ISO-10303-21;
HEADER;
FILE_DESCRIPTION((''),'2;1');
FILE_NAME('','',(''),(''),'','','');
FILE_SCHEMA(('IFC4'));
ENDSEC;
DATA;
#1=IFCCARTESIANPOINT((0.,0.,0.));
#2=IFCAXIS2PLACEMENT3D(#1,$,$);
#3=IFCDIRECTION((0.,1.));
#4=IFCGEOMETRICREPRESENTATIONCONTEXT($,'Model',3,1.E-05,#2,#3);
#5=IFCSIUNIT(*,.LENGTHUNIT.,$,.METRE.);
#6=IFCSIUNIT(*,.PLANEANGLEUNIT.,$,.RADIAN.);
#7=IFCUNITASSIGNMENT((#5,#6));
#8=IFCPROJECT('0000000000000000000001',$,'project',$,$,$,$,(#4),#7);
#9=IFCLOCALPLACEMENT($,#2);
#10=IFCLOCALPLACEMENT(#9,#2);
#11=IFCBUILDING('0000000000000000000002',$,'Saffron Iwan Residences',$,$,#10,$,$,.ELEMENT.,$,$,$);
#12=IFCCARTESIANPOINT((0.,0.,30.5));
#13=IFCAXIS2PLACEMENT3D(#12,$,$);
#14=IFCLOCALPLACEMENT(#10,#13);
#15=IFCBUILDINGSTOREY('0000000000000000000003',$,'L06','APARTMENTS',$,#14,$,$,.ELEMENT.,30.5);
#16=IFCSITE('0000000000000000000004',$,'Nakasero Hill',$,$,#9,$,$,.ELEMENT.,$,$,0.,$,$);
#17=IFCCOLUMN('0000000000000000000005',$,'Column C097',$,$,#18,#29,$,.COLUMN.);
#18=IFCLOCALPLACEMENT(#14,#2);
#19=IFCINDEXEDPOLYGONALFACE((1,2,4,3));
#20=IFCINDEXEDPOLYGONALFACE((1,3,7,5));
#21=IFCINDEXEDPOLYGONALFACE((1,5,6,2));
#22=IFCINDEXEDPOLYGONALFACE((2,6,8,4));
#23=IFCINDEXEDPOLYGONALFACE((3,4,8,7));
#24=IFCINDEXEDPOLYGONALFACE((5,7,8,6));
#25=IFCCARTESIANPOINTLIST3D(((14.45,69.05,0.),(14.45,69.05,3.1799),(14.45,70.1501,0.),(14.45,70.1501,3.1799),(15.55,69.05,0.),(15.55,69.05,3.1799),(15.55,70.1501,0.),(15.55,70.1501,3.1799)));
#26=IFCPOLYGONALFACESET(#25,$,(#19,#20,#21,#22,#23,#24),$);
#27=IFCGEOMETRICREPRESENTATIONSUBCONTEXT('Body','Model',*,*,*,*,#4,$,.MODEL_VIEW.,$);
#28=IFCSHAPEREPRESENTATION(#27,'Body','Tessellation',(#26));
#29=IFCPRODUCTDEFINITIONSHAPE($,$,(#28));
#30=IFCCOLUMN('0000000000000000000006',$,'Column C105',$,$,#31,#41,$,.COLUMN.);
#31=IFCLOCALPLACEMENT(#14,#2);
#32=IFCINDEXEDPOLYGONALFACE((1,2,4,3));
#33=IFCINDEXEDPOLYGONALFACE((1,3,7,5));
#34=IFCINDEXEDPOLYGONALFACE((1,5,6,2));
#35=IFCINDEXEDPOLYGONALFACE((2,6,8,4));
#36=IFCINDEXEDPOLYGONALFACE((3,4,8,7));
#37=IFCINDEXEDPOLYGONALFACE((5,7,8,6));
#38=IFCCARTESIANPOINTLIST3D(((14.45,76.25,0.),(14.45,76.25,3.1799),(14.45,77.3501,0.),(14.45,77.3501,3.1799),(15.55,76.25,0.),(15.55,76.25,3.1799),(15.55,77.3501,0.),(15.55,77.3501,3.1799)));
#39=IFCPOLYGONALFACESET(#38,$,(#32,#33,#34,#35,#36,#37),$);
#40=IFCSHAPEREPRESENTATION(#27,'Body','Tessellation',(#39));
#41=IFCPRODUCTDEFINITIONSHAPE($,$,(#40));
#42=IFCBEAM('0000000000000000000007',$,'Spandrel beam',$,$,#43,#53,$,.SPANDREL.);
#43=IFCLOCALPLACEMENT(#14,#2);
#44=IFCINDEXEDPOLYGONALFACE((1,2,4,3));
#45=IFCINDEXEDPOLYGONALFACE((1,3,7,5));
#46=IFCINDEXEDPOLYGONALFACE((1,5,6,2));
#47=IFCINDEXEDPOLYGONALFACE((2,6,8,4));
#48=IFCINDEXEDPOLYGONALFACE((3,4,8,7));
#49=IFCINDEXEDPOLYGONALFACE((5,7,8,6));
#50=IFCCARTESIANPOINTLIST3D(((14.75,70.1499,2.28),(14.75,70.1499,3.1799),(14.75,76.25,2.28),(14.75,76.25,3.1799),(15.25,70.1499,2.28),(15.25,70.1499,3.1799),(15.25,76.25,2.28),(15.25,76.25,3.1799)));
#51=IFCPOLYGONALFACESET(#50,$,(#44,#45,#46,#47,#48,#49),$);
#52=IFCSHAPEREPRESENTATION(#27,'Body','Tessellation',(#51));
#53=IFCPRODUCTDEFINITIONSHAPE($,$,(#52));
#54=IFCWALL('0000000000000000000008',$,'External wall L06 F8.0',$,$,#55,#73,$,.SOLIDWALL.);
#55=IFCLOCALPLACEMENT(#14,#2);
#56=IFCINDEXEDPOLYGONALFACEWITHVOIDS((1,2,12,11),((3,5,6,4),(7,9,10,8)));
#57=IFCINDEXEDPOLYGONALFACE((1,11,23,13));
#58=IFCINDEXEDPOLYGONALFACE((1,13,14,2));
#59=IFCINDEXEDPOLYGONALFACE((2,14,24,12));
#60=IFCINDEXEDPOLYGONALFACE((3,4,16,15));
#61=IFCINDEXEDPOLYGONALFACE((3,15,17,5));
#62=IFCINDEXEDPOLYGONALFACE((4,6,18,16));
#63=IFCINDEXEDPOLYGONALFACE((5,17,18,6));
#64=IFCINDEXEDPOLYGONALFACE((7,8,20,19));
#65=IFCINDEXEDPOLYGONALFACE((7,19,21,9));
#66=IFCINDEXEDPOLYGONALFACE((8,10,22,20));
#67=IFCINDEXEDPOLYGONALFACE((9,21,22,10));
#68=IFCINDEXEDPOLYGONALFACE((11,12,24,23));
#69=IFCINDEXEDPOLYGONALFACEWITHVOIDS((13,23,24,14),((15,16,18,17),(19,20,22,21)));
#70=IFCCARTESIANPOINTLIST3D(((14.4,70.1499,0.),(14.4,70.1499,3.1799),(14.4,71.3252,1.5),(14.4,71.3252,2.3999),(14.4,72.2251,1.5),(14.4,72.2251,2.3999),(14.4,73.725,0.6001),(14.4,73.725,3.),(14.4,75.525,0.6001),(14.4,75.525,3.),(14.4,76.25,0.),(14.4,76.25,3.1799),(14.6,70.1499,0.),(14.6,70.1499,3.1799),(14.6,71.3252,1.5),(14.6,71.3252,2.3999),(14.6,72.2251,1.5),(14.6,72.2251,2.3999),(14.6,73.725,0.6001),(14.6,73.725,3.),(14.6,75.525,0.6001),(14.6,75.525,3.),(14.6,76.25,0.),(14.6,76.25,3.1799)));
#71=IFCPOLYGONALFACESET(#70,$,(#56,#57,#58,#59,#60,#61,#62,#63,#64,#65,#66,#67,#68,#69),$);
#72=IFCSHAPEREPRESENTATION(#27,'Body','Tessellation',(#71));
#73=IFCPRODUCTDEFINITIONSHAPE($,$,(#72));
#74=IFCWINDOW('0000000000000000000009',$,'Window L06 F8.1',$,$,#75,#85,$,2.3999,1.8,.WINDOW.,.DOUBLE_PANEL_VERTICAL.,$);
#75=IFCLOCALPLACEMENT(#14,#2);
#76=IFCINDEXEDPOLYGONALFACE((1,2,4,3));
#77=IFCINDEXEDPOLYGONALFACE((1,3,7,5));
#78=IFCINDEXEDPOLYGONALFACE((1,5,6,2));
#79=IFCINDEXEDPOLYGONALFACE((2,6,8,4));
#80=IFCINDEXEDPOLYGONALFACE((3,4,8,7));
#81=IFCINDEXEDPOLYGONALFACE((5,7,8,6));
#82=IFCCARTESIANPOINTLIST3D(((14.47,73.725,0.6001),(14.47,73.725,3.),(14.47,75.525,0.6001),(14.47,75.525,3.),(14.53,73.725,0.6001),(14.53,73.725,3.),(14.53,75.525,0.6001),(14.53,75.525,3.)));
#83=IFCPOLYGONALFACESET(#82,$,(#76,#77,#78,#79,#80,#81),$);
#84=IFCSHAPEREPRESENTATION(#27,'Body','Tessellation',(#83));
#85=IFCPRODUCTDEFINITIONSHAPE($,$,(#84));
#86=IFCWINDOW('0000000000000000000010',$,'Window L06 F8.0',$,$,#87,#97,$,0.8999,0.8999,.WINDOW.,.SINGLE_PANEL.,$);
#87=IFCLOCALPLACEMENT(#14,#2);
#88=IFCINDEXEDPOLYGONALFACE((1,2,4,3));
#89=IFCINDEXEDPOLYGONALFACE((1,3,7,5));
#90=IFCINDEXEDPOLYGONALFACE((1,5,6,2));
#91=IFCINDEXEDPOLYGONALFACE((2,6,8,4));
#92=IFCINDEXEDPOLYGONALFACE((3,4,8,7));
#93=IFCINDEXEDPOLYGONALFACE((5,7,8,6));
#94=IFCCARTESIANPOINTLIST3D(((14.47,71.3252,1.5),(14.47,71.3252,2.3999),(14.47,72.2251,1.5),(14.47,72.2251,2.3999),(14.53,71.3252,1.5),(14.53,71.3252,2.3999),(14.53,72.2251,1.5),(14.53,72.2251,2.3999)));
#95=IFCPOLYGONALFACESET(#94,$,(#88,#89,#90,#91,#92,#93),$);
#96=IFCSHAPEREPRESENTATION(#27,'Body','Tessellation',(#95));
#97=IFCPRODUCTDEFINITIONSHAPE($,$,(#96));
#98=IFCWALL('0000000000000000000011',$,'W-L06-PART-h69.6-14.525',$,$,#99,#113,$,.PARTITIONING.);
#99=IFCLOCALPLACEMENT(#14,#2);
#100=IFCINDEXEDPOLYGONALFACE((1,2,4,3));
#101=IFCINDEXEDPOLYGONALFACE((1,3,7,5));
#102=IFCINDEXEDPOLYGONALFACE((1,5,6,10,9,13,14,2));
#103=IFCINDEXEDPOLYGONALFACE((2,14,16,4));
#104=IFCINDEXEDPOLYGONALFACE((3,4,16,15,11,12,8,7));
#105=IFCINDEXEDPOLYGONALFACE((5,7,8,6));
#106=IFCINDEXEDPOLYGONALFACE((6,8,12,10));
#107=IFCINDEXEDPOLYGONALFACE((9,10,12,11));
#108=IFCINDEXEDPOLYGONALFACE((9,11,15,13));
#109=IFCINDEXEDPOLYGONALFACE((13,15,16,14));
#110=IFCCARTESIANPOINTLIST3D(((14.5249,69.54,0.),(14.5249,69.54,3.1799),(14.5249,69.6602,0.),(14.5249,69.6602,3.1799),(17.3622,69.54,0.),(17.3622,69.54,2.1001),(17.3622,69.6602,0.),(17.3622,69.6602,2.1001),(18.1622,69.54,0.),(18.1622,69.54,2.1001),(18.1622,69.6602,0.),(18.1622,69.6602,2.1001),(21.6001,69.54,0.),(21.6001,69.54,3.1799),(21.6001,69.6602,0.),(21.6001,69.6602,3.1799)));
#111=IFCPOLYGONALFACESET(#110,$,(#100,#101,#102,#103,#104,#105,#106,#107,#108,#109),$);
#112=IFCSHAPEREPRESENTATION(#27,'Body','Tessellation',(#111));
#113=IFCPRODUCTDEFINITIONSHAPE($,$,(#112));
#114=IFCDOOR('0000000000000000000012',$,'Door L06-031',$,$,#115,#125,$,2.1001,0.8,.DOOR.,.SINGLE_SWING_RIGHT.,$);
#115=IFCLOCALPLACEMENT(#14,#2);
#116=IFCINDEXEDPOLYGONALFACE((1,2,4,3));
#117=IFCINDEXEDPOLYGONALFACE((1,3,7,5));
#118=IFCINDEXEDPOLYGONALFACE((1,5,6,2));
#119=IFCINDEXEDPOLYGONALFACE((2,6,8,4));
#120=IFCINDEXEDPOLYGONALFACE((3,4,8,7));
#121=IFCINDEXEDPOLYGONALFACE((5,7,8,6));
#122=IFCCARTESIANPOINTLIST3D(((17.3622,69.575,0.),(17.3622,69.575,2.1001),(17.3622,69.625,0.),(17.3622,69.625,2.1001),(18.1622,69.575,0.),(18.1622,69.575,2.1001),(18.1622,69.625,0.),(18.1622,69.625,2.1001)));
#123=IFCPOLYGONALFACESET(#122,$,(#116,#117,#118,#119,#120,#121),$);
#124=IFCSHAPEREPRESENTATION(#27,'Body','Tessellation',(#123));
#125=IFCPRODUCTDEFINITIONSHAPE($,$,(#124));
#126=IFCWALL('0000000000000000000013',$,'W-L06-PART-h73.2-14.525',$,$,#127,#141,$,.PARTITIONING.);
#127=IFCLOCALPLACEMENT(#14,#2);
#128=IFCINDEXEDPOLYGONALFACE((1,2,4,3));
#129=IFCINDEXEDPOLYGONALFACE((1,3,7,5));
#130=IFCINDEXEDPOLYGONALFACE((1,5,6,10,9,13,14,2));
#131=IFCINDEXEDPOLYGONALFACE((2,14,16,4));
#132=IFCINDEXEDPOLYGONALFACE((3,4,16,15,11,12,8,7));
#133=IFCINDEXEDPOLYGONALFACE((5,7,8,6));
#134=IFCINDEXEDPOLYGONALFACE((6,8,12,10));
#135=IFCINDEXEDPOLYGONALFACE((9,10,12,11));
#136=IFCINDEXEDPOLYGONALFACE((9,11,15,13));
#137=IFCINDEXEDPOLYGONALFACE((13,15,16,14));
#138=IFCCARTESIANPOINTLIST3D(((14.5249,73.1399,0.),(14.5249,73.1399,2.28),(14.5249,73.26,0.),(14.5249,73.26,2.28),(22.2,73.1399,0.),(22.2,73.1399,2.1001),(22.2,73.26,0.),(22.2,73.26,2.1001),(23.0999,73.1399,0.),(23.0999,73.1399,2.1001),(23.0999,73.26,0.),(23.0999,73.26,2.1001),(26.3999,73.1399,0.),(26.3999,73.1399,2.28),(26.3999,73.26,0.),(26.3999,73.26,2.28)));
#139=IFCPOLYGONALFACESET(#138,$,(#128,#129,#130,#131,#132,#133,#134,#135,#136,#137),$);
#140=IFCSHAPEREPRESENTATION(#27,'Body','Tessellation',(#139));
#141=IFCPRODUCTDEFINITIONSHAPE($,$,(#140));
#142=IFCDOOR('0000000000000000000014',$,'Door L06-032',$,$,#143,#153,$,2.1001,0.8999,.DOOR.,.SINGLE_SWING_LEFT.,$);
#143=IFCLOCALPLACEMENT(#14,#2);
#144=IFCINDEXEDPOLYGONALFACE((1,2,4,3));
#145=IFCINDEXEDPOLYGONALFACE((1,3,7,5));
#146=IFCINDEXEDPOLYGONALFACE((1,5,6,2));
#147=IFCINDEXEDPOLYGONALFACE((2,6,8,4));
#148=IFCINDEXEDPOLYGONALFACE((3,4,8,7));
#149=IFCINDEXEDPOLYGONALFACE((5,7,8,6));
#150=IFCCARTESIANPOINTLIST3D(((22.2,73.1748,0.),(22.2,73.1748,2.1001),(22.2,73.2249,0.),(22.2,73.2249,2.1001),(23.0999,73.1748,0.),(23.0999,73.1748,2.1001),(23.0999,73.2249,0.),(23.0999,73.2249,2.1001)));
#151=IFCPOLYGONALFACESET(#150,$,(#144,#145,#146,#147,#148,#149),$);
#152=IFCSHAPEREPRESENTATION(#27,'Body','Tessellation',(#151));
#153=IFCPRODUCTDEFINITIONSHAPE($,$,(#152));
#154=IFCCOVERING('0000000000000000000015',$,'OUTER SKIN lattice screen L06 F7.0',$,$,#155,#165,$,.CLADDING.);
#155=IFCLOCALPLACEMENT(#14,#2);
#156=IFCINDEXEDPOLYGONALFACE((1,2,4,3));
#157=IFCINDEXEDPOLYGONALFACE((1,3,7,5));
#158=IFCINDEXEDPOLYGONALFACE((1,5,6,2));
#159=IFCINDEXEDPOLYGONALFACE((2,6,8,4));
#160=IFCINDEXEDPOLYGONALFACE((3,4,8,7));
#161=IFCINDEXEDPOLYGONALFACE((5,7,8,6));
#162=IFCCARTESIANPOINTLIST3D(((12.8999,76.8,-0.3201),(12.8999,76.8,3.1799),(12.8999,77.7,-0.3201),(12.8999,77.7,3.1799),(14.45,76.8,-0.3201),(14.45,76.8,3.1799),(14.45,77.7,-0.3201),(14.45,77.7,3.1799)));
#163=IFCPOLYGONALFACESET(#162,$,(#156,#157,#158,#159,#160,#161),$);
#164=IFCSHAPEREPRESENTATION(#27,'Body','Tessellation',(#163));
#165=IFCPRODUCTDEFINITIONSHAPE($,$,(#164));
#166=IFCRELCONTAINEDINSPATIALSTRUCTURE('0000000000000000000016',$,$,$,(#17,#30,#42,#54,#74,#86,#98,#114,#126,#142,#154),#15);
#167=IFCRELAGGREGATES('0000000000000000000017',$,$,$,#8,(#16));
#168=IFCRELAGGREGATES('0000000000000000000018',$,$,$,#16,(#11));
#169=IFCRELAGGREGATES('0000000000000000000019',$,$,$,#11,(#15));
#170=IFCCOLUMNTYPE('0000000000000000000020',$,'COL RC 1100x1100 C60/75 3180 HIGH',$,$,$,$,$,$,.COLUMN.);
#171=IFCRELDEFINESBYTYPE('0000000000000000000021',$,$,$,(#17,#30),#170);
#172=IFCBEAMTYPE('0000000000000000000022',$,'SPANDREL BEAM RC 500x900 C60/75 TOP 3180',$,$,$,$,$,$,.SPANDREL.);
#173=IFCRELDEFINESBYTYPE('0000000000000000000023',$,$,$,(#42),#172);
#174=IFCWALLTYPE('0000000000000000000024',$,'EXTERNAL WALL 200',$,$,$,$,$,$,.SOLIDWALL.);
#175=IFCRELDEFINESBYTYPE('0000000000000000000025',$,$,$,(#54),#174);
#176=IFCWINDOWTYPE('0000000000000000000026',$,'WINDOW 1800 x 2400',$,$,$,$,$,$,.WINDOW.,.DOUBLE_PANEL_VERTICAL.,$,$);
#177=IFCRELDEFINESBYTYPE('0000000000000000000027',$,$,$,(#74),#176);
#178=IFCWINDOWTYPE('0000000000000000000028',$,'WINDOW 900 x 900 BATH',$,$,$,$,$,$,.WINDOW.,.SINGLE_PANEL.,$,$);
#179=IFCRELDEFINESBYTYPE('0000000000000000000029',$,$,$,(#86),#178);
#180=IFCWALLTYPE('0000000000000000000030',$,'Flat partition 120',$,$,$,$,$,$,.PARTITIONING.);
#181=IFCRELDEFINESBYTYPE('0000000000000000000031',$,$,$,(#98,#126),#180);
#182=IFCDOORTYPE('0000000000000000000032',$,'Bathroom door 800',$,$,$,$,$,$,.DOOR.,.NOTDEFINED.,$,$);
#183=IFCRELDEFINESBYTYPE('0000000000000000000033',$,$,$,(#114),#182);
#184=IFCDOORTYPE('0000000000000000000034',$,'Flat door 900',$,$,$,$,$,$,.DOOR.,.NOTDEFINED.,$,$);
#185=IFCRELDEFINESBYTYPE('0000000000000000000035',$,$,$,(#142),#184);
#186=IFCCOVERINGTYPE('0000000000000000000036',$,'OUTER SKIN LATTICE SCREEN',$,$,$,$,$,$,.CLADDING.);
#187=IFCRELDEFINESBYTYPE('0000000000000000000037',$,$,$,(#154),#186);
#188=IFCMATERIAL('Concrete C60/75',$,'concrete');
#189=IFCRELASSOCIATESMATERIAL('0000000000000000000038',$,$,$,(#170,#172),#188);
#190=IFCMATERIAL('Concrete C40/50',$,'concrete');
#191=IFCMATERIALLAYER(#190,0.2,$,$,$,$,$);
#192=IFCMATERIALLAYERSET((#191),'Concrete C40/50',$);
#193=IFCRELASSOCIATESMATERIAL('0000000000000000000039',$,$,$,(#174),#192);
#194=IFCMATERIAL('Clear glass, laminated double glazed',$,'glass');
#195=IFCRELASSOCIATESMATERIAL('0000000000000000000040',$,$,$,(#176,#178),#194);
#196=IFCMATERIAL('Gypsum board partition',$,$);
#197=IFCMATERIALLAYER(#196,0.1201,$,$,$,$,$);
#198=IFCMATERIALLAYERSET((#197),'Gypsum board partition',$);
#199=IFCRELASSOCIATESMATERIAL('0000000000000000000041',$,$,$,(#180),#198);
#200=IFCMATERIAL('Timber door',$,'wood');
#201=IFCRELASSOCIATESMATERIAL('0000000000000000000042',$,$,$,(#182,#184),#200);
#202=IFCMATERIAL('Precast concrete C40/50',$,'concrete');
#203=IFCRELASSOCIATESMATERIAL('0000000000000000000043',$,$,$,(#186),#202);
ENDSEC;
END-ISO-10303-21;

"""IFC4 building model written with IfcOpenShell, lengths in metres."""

from ifc_helpers import new_model, si_unit, direction, frame, frame_2d, origin, origin_2d, place, context, subcontext, project, spatial, polyline, rectangle, outline, extrude, source, transform, mapped, material, layer, layer_set, material_profile, profile_set, type_object, element, fill, save


model = new_model("IFC4")

# Units and contexts
model_context = context("Model", 3, precision=1e-05, world=origin(), true_north=direction((0.0, 1.0)))
body_context = subcontext(model_context, "Body", "Model", "MODEL_VIEW")
ifc_project = project(units=[si_unit("LENGTHUNIT", "METRE"), si_unit("PLANEANGLEUNIT", "RADIAN")], contexts=[model_context])

# Site, building, storey
site_placement = place(None, origin())
site = spatial("IfcSite", under=ifc_project, at=site_placement, Name="Nakasero Hill", CompositionType="ELEMENT", RefElevation=0.0)
building_placement = place(site_placement, origin())
building = spatial("IfcBuilding", under=site, at=building_placement, Name="Saffron Iwan Residences", CompositionType="ELEMENT")
storey_placement = place(building_placement, frame((0.0, 0.0, 30.5)))
storey = spatial("IfcBuildingStorey", under=building, at=storey_placement, Name="L06", Description="APARTMENTS", CompositionType="ELEMENT", Elevation=30.5)

# Columns
ifc_material_1 = material(Name="Concrete C60/75", Category="concrete")
ifc_material_profile_1 = material_profile(ifc_material_1, rectangle(XDim=1.1001, YDim=1.1001, at=origin_2d()), Name="RC 1100x1100")
ifc_profile_set_1 = profile_set([ifc_material_profile_1], Name="Concrete C60/75")
column_type = type_object("IfcColumnType", Name="COL RC 1100x1100 C60/75 3180 HIGH", PredefinedType="COLUMN", material=ifc_profile_set_1)
shared_shape_1 = source(origin(), body_context, "Body", "SweptSolid", [
    extrude(rectangle(XDim=1.1001, YDim=1.1001, at=origin_2d()), origin(), (0.0, 0.0, 1.0), 3.1799),
])
for number, where, z_axis, x_axis, name in (
    (1, (15.0, 69.6001, 0.0), (0.0, 0.0, 1.0), (1.0, 0.0, 0.0), "Column C097"),
    (2, (15.0, 76.8, 0.0), (0.0, 0.0, 1.0), (1.0, 0.0, 0.0), "Column C105"),
):
    element("IfcColumn", number, at=place(storey_placement, frame(where, z_axis=z_axis, x_axis=x_axis)), inside=storey, type_object=column_type, Name=name, PredefinedType="COLUMN", context=body_context, shape_type="MappedRepresentation", body=[
        mapped(shared_shape_1, transform((0.0, 0.0, 0.0))),
    ])

# Beam
ifc_material_profile_2 = material_profile(ifc_material_1, rectangle(XDim=0.5, YDim=0.8999, at=origin_2d()), Name="RC 500x900")
ifc_profile_set_2 = profile_set([ifc_material_profile_2], Name="Concrete C60/75")
beam_type = type_object("IfcBeamType", Name="SPANDREL BEAM RC 500x900 C60/75 TOP 3180", PredefinedType="SPANDREL", material=ifc_profile_set_2)
shared_shape_2 = source(origin(), body_context, "Body", "SweptSolid", [
    extrude(rectangle(XDim=0.5, YDim=0.8999, at=origin_2d()), origin(), (0.0, 0.0, 1.0), 6.1001),
])
beam_placement = place(storey_placement, frame((15.0, 70.1499, 2.73), z_axis=(0.0, 1.0, 0.0), x_axis=(-1.0, 0.0, 0.0)))
element("IfcBeam", 3, at=beam_placement, inside=storey, type_object=beam_type, Name="Spandrel beam", PredefinedType="SPANDREL", context=body_context, shape_type="MappedRepresentation", body=[
    mapped(shared_shape_2, transform((0.0, 0.0, 0.0))),
])

# Wall, openings, windows
ifc_material_2 = material(Name="Concrete C40/50", Category="concrete")
ifc_layer_1 = layer(ifc_material_2, 0.2)
ifc_layer_set_1 = layer_set([ifc_layer_1], Name="Concrete C40/50")
wall_type_1 = type_object("IfcWallType", Name="EXTERNAL WALL 200", PredefinedType="SOLIDWALL", material=ifc_layer_set_1)
wall_1_placement = place(storey_placement, frame((14.5, 76.25, 0.0), z_axis=(0.0, 0.0, 1.0), x_axis=(0.0, -1.0, 0.0)))
wall_1 = element("IfcWall", 4, at=wall_1_placement, inside=storey, type_object=wall_type_1, Name="External wall L06 F8.0", PredefinedType="SOLIDWALL", context=body_context, shape_type="SweptSolid", body=[
    extrude(rectangle(XDim=6.1001, YDim=0.2, at=frame_2d((3.05, 0.0))), origin(), (0.0, 0.0, 1.0), 3.1799),
])
opening_1_placement = place(wall_1_placement, frame((4.0249, 0.0, 1.5)))
opening_1 = element("IfcOpeningElement", 5, at=opening_1_placement, cuts=wall_1, PredefinedType="OPENING", context=body_context, shape_type="SweptSolid", body=[
    extrude(rectangle(XDim=0.8999, YDim=0.8999, at=frame_2d((0.45, 0.45))), frame((0.0, 0.1099, 0.0), z_axis=(0.0, -1.0, 0.0), x_axis=(1.0, 0.0, 0.0)), (0.0, 0.0, 1.0), 0.22),
])
opening_2_placement = place(wall_1_placement, frame((0.7251, 0.0, 0.6001)))
opening_2 = element("IfcOpeningElement", 6, at=opening_2_placement, cuts=wall_1, PredefinedType="OPENING", context=body_context, shape_type="SweptSolid", body=[
    extrude(rectangle(XDim=1.8, YDim=2.3999, at=frame_2d((0.8999, 1.2))), frame((0.0, 0.1099, 0.0), z_axis=(0.0, -1.0, 0.0), x_axis=(1.0, 0.0, 0.0)), (0.0, 0.0, 1.0), 0.22),
])
ifc_material_3 = material(Name="Clear glass, laminated double glazed", Category="glass")
window_type_1 = type_object("IfcWindowType", Name="WINDOW 1800 x 2400", PartitioningType="DOUBLE_PANEL_VERTICAL", PredefinedType="WINDOW", material=ifc_material_3)
window_1_placement = place(opening_2_placement, origin())
window_1 = element("IfcWindow", 7, at=window_1_placement, inside=storey, type_object=window_type_1, Name="Window L06 F8.1", OverallHeight=2.3999, OverallWidth=1.8, PartitioningType="DOUBLE_PANEL_VERTICAL", PredefinedType="WINDOW", context=body_context, shape_type="SweptSolid", body=[
    extrude(rectangle(XDim=1.8, YDim=2.3999, at=frame_2d((0.8999, 1.2))), frame((0.0, 0.03, 0.0), z_axis=(0.0, -1.0, 0.0), x_axis=(1.0, 0.0, 0.0)), (0.0, 0.0, 1.0), 0.0601),
])
fill(opening_2, window_1)
window_type_2 = type_object("IfcWindowType", Name="WINDOW 900 x 900 BATH", PartitioningType="SINGLE_PANEL", PredefinedType="WINDOW", material=ifc_material_3)
window_2_placement = place(opening_1_placement, origin())
window_2 = element("IfcWindow", 8, at=window_2_placement, inside=storey, type_object=window_type_2, Name="Window L06 F8.0", OverallHeight=0.8999, OverallWidth=0.8999, PartitioningType="SINGLE_PANEL", PredefinedType="WINDOW", context=body_context, shape_type="SweptSolid", body=[
    extrude(rectangle(XDim=0.8999, YDim=0.8999, at=frame_2d((0.45, 0.45))), frame((0.0, 0.03, 0.0), z_axis=(0.0, -1.0, 0.0), x_axis=(1.0, 0.0, 0.0)), (0.0, 0.0, 1.0), 0.0601),
])
fill(opening_1, window_2)

# Walls, openings, doors
ifc_material_4 = material(Name="Gypsum board partition")
ifc_layer_2 = layer(ifc_material_4, 0.1201)
ifc_layer_set_2 = layer_set([ifc_layer_2], Name="Gypsum board partition")
wall_type_2 = type_object("IfcWallType", Name="Flat partition 120", PredefinedType="PARTITIONING", material=ifc_layer_set_2)
wall_2_placement = place(storey_placement, frame((14.5249, 69.6001, 0.0), z_axis=(0.0, 0.0, 1.0), x_axis=(1.0, 0.0, 0.0)))
wall_2 = element("IfcWall", 9, at=wall_2_placement, inside=storey, type_object=wall_type_2, Name="W-L06-PART-h69.6-14.525", PredefinedType="PARTITIONING", context=body_context, shape_type="SweptSolid", body=[
    extrude(rectangle(XDim=7.0752, YDim=0.1201, at=frame_2d((3.5376, 0.0))), origin(), (0.0, 0.0, 1.0), 3.1799),
])
opening_3_placement = place(wall_2_placement, frame((2.8374, 0.0, 0.0)))
opening_3 = element("IfcOpeningElement", 10, at=opening_3_placement, cuts=wall_2, PredefinedType="OPENING", context=body_context, shape_type="SweptSolid", body=[
    extrude(rectangle(XDim=0.8, YDim=2.1001, at=frame_2d((0.3999, 1.05))), frame((0.0, 0.0701, 0.0), z_axis=(0.0, -1.0, 0.0), x_axis=(1.0, 0.0, 0.0)), (0.0, 0.0, 1.0), 0.1401),
])
ifc_material_5 = material(Name="Timber door", Category="wood")
door_type_1 = type_object("IfcDoorType", Name="Bathroom door 800", OperationType="NOTDEFINED", PredefinedType="DOOR", material=ifc_material_5)
door_1_placement = place(opening_3_placement, origin())
door_1 = element("IfcDoor", 11, at=door_1_placement, inside=storey, type_object=door_type_1, Name="Door L06-031", OperationType="SINGLE_SWING_RIGHT", OverallHeight=2.1001, OverallWidth=0.8, PredefinedType="DOOR", context=body_context, shape_type="SweptSolid", body=[
    extrude(rectangle(XDim=0.8, YDim=2.1001, at=frame_2d((0.3999, 1.05))), frame((0.0, 0.0249, 0.0), z_axis=(0.0, -1.0, 0.0), x_axis=(1.0, 0.0, 0.0)), (0.0, 0.0, 1.0), 0.05),
])
fill(opening_3, door_1)
wall_3_placement = place(storey_placement, frame((14.5249, 73.2, 0.0), z_axis=(0.0, 0.0, 1.0), x_axis=(1.0, 0.0, 0.0)))
wall_3 = element("IfcWall", 12, at=wall_3_placement, inside=storey, type_object=wall_type_2, Name="W-L06-PART-h73.2-14.525", PredefinedType="PARTITIONING", context=body_context, shape_type="SweptSolid", body=[
    extrude(rectangle(XDim=11.875, YDim=0.1201, at=frame_2d((5.9375, 0.0))), origin(), (0.0, 0.0, 1.0), 2.28),
])
opening_4_placement = place(wall_3_placement, frame((7.675, 0.0, 0.0)))
opening_4 = element("IfcOpeningElement", 13, at=opening_4_placement, cuts=wall_3, PredefinedType="OPENING", context=body_context, shape_type="SweptSolid", body=[
    extrude(rectangle(XDim=0.8999, YDim=2.1001, at=frame_2d((0.45, 1.05))), frame((0.0, 0.0701, 0.0), z_axis=(0.0, -1.0, 0.0), x_axis=(1.0, 0.0, 0.0)), (0.0, 0.0, 1.0), 0.1401),
])
door_type_2 = type_object("IfcDoorType", Name="Flat door 900", OperationType="NOTDEFINED", PredefinedType="DOOR", material=ifc_material_5)
door_2_placement = place(opening_4_placement, origin())
door_2 = element("IfcDoor", 14, at=door_2_placement, inside=storey, type_object=door_type_2, Name="Door L06-032", OperationType="SINGLE_SWING_LEFT", OverallHeight=2.1001, OverallWidth=0.8999, PredefinedType="DOOR", context=body_context, shape_type="SweptSolid", body=[
    extrude(rectangle(XDim=0.8999, YDim=2.1001, at=frame_2d((0.45, 1.05))), frame((0.0, 0.0249, 0.0), z_axis=(0.0, -1.0, 0.0), x_axis=(1.0, 0.0, 0.0)), (0.0, 0.0, 1.0), 0.05),
])
fill(opening_4, door_2)

# Covering
ifc_material_6 = material(Name="Precast concrete C40/50", Category="concrete")
covering_type_1 = type_object("IfcCoveringType", Name="OUTER SKIN LATTICE SCREEN", PredefinedType="CLADDING", material=ifc_material_6)
covering_1_placement = place(storey_placement, frame((14.45, 76.8, -0.3201), z_axis=(0.0, 1.0, 0.0), x_axis=(-1.0, 0.0, 0.0)))
element("IfcCovering", 15, at=covering_1_placement, inside=storey, type_object=covering_type_1, Name="OUTER SKIN lattice screen L06 F7.0", PredefinedType="CLADDING", context=body_context, shape_type="SweptSolid", body=[
    extrude(outline(polyline([(0.0, 0.0), (1.55, 0.0), (1.55, 3.5), (0.0, 3.5), (0.0, 0.0)])), origin(), (0.0, 0.0, 1.0), 0.8999),
])

save(model, "model.ifc")
